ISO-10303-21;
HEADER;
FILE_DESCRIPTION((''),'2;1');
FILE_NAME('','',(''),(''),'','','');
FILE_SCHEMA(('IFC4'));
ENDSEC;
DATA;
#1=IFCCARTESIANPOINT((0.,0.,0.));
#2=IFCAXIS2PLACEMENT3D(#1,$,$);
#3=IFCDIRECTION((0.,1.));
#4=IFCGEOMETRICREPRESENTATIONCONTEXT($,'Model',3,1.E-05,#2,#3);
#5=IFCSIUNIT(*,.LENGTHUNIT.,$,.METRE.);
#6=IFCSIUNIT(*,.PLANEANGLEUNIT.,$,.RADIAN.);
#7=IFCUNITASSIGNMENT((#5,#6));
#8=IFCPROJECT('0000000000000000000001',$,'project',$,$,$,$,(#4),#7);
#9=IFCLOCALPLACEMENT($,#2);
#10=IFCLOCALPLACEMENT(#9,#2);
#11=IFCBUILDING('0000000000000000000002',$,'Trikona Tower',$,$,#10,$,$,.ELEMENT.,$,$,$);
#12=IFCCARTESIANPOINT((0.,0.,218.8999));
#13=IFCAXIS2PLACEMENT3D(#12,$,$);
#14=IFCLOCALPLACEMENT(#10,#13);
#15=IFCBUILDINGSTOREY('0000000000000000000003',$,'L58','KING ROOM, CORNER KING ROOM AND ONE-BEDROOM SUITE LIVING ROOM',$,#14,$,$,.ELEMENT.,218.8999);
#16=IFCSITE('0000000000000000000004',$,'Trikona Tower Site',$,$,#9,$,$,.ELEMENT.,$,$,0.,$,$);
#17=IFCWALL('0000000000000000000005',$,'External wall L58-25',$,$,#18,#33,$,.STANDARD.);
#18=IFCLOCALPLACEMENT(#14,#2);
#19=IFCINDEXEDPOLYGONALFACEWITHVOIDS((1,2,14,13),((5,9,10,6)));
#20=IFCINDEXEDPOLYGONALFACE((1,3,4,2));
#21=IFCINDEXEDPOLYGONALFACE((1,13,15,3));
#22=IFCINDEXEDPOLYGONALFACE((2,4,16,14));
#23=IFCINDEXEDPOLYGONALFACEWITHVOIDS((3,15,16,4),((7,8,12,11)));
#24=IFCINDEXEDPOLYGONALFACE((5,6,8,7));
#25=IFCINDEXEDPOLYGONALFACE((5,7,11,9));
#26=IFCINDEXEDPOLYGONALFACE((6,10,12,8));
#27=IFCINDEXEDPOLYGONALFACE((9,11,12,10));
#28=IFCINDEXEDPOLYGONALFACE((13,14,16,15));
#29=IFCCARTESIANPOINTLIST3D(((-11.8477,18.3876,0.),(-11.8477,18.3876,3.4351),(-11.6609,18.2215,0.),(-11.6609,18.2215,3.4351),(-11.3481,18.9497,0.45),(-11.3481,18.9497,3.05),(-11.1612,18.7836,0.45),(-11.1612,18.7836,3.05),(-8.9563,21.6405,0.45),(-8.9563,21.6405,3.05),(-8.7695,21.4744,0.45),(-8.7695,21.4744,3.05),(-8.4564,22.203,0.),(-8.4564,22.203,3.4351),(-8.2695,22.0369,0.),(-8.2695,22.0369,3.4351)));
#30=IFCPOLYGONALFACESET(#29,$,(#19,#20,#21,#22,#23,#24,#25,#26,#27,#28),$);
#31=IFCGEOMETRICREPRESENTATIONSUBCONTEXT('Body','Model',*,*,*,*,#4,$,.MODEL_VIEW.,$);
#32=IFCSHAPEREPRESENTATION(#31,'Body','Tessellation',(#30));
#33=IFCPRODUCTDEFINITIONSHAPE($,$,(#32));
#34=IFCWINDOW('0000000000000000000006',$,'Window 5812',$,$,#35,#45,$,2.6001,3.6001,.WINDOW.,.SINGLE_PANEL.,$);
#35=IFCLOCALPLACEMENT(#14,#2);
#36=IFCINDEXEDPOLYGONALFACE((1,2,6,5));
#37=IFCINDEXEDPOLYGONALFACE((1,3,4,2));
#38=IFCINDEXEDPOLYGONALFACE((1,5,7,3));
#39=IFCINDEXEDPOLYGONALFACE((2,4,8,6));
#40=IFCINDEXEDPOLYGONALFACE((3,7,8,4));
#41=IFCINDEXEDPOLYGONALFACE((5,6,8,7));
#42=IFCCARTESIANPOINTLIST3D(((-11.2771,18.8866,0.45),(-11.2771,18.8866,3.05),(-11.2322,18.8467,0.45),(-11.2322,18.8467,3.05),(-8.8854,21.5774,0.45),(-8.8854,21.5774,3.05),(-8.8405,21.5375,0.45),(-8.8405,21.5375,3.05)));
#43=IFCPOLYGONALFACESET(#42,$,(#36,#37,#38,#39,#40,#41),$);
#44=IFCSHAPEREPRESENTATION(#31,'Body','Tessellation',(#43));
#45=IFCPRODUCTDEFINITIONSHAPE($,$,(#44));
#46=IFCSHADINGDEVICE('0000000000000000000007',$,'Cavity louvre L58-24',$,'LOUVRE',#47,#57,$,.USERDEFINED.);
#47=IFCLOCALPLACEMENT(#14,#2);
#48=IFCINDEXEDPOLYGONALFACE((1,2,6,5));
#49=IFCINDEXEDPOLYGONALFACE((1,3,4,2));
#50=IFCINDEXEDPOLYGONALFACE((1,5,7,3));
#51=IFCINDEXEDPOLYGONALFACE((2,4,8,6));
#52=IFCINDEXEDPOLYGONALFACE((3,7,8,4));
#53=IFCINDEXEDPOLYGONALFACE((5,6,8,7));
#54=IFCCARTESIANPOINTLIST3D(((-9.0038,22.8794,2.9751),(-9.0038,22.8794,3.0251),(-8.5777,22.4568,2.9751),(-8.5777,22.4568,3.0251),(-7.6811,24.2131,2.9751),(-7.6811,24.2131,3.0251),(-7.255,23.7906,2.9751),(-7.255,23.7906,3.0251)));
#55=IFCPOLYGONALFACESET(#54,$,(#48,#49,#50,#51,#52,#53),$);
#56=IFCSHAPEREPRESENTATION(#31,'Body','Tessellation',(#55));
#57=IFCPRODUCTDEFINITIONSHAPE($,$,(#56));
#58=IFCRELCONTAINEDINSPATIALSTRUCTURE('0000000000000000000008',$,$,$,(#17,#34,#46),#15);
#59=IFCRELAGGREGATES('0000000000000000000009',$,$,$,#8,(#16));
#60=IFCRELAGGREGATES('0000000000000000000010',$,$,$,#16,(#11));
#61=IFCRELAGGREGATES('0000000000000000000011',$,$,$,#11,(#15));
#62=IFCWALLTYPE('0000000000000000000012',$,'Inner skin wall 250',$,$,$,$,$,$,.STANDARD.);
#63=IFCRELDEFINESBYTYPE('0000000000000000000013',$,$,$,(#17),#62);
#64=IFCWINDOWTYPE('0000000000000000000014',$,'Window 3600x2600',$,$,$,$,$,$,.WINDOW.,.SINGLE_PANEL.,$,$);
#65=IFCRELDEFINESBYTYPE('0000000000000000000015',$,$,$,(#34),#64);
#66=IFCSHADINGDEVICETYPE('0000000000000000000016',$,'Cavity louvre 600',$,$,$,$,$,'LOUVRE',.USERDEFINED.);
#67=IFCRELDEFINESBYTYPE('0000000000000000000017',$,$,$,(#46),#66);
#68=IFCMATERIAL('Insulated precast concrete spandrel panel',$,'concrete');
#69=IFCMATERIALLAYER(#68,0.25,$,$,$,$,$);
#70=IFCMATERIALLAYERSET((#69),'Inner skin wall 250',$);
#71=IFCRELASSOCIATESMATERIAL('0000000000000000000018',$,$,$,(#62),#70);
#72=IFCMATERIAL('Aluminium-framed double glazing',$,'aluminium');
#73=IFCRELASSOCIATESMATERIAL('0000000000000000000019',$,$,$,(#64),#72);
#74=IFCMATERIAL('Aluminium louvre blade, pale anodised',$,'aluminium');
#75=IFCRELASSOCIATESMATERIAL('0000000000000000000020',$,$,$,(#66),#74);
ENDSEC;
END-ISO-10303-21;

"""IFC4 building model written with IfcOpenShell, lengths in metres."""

from ifc_helpers import new_model, si_unit, direction, frame, frame_2d, origin, origin_2d, place, context, subcontext, project, spatial, rectangle, extrude, material, layer, layer_set, type_object, element, fill, save


model = new_model("IFC4")

# Units and contexts
model_context = context("Model", 3, precision=1e-05, world=origin(), true_north=direction((0.0, 1.0)))
body_context = subcontext(model_context, "Body", "Model", "MODEL_VIEW")
ifc_project = project(units=[si_unit("LENGTHUNIT", "METRE"), si_unit("PLANEANGLEUNIT", "RADIAN")], contexts=[model_context])

# Site, building, storey
site_placement = place(None, origin())
site = spatial("IfcSite", under=ifc_project, at=site_placement, Name="Trikona Tower Site", CompositionType="ELEMENT", RefElevation=0.0)
building_placement = place(site_placement, origin())
building = spatial("IfcBuilding", under=site, at=building_placement, Name="Trikona Tower", CompositionType="ELEMENT")
storey_placement = place(building_placement, frame((0.0, 0.0, 218.8999)))
storey = spatial("IfcBuildingStorey", under=building, at=storey_placement, Name="L58", Description="KING ROOM, CORNER KING ROOM AND ONE-BEDROOM SUITE LIVING ROOM", CompositionType="ELEMENT", Elevation=218.8999)

# Shared definitions
ifc_material_1 = material(Name="Insulated precast concrete spandrel panel", Category="concrete")
ifc_layer_1 = layer(ifc_material_1, 0.25)
ifc_layer_set_1 = layer_set([ifc_layer_1], Name="Inner skin wall 250")
wall_type_1 = type_object("IfcWallType", Name="Inner skin wall 250", PredefinedType="STANDARD", material=ifc_layer_set_1)

# Wall, opening, window
wall_1_placement = place(storey_placement, frame((-8.363, 22.1199, 0.0), z_axis=(0.0, 0.0, 1.0), x_axis=(-0.664349, -0.747423, 0.0)))
wall_1 = element("IfcWall", 1, at=wall_1_placement, inside=storey, type_object=wall_type_1, Name="External wall L58-25", PredefinedType="STANDARD", context=body_context, shape_type="SweptSolid", body=[
    extrude(rectangle(XDim=5.1047, YDim=0.25, at=frame_2d((2.5522, 0.0))), origin(), (0.0, 0.0, 1.0), 3.4351),
])
opening_1_placement = place(wall_1_placement, frame((0.7524, 0.0, 0.45)))
opening_1 = element("IfcOpeningElement", 2, at=opening_1_placement, cuts=wall_1, PredefinedType="OPENING", context=body_context, shape_type="SweptSolid", body=[
    extrude(rectangle(XDim=3.6001, YDim=2.6001, at=frame_2d((1.8, 1.3))), frame((0.0, 0.135, 0.0), z_axis=(0.0, -1.0, 0.0), x_axis=(1.0, 0.0, 0.0)), (0.0, 0.0, 1.0), 0.27),
])
ifc_material_2 = material(Name="Aluminium-framed double glazing", Category="aluminium")
window_type_1 = type_object("IfcWindowType", Name="Window 3600x2600", PartitioningType="SINGLE_PANEL", PredefinedType="WINDOW", material=ifc_material_2)
window_1_placement = place(opening_1_placement, origin())
window_1 = element("IfcWindow", 3, at=window_1_placement, inside=storey, type_object=window_type_1, Name="Window 5812", OverallHeight=2.6001, OverallWidth=3.6001, PartitioningType="SINGLE_PANEL", PredefinedType="WINDOW", context=body_context, shape_type="SweptSolid", body=[
    extrude(rectangle(XDim=3.6001, YDim=2.6001, at=frame_2d((1.8, 1.3))), frame((0.0, 0.03, 0.0), z_axis=(0.0, -1.0, 0.0), x_axis=(1.0, 0.0, 0.0)), (0.0, 0.0, 1.0), 0.0601),
])
fill(opening_1, window_1)

# Shading device
ifc_material_3 = material(Name="Aluminium louvre blade, pale anodised", Category="aluminium")
shading_device_type = type_object("IfcShadingDeviceType", Name="Cavity louvre 600", ElementType="LOUVRE", PredefinedType="USERDEFINED", material=ifc_material_3)
shading_device_placement = place(storey_placement, frame((-8.1294, 23.335, 2.9751), z_axis=(0.0, 0.0, 1.0), x_axis=(-0.704151, -0.71005, 0.0)))
element("IfcShadingDevice", 4, at=shading_device_placement, inside=storey, type_object=shading_device_type, Name="Cavity louvre L58-24", ObjectType="LOUVRE", PredefinedType="USERDEFINED", context=body_context, shape_type="SweptSolid", body=[
    extrude(rectangle(XDim=1.8784, YDim=0.6001, at=origin_2d()), origin(), (0.0, 0.0, 1.0), 0.05),
])

save(model, "model.ifc")
